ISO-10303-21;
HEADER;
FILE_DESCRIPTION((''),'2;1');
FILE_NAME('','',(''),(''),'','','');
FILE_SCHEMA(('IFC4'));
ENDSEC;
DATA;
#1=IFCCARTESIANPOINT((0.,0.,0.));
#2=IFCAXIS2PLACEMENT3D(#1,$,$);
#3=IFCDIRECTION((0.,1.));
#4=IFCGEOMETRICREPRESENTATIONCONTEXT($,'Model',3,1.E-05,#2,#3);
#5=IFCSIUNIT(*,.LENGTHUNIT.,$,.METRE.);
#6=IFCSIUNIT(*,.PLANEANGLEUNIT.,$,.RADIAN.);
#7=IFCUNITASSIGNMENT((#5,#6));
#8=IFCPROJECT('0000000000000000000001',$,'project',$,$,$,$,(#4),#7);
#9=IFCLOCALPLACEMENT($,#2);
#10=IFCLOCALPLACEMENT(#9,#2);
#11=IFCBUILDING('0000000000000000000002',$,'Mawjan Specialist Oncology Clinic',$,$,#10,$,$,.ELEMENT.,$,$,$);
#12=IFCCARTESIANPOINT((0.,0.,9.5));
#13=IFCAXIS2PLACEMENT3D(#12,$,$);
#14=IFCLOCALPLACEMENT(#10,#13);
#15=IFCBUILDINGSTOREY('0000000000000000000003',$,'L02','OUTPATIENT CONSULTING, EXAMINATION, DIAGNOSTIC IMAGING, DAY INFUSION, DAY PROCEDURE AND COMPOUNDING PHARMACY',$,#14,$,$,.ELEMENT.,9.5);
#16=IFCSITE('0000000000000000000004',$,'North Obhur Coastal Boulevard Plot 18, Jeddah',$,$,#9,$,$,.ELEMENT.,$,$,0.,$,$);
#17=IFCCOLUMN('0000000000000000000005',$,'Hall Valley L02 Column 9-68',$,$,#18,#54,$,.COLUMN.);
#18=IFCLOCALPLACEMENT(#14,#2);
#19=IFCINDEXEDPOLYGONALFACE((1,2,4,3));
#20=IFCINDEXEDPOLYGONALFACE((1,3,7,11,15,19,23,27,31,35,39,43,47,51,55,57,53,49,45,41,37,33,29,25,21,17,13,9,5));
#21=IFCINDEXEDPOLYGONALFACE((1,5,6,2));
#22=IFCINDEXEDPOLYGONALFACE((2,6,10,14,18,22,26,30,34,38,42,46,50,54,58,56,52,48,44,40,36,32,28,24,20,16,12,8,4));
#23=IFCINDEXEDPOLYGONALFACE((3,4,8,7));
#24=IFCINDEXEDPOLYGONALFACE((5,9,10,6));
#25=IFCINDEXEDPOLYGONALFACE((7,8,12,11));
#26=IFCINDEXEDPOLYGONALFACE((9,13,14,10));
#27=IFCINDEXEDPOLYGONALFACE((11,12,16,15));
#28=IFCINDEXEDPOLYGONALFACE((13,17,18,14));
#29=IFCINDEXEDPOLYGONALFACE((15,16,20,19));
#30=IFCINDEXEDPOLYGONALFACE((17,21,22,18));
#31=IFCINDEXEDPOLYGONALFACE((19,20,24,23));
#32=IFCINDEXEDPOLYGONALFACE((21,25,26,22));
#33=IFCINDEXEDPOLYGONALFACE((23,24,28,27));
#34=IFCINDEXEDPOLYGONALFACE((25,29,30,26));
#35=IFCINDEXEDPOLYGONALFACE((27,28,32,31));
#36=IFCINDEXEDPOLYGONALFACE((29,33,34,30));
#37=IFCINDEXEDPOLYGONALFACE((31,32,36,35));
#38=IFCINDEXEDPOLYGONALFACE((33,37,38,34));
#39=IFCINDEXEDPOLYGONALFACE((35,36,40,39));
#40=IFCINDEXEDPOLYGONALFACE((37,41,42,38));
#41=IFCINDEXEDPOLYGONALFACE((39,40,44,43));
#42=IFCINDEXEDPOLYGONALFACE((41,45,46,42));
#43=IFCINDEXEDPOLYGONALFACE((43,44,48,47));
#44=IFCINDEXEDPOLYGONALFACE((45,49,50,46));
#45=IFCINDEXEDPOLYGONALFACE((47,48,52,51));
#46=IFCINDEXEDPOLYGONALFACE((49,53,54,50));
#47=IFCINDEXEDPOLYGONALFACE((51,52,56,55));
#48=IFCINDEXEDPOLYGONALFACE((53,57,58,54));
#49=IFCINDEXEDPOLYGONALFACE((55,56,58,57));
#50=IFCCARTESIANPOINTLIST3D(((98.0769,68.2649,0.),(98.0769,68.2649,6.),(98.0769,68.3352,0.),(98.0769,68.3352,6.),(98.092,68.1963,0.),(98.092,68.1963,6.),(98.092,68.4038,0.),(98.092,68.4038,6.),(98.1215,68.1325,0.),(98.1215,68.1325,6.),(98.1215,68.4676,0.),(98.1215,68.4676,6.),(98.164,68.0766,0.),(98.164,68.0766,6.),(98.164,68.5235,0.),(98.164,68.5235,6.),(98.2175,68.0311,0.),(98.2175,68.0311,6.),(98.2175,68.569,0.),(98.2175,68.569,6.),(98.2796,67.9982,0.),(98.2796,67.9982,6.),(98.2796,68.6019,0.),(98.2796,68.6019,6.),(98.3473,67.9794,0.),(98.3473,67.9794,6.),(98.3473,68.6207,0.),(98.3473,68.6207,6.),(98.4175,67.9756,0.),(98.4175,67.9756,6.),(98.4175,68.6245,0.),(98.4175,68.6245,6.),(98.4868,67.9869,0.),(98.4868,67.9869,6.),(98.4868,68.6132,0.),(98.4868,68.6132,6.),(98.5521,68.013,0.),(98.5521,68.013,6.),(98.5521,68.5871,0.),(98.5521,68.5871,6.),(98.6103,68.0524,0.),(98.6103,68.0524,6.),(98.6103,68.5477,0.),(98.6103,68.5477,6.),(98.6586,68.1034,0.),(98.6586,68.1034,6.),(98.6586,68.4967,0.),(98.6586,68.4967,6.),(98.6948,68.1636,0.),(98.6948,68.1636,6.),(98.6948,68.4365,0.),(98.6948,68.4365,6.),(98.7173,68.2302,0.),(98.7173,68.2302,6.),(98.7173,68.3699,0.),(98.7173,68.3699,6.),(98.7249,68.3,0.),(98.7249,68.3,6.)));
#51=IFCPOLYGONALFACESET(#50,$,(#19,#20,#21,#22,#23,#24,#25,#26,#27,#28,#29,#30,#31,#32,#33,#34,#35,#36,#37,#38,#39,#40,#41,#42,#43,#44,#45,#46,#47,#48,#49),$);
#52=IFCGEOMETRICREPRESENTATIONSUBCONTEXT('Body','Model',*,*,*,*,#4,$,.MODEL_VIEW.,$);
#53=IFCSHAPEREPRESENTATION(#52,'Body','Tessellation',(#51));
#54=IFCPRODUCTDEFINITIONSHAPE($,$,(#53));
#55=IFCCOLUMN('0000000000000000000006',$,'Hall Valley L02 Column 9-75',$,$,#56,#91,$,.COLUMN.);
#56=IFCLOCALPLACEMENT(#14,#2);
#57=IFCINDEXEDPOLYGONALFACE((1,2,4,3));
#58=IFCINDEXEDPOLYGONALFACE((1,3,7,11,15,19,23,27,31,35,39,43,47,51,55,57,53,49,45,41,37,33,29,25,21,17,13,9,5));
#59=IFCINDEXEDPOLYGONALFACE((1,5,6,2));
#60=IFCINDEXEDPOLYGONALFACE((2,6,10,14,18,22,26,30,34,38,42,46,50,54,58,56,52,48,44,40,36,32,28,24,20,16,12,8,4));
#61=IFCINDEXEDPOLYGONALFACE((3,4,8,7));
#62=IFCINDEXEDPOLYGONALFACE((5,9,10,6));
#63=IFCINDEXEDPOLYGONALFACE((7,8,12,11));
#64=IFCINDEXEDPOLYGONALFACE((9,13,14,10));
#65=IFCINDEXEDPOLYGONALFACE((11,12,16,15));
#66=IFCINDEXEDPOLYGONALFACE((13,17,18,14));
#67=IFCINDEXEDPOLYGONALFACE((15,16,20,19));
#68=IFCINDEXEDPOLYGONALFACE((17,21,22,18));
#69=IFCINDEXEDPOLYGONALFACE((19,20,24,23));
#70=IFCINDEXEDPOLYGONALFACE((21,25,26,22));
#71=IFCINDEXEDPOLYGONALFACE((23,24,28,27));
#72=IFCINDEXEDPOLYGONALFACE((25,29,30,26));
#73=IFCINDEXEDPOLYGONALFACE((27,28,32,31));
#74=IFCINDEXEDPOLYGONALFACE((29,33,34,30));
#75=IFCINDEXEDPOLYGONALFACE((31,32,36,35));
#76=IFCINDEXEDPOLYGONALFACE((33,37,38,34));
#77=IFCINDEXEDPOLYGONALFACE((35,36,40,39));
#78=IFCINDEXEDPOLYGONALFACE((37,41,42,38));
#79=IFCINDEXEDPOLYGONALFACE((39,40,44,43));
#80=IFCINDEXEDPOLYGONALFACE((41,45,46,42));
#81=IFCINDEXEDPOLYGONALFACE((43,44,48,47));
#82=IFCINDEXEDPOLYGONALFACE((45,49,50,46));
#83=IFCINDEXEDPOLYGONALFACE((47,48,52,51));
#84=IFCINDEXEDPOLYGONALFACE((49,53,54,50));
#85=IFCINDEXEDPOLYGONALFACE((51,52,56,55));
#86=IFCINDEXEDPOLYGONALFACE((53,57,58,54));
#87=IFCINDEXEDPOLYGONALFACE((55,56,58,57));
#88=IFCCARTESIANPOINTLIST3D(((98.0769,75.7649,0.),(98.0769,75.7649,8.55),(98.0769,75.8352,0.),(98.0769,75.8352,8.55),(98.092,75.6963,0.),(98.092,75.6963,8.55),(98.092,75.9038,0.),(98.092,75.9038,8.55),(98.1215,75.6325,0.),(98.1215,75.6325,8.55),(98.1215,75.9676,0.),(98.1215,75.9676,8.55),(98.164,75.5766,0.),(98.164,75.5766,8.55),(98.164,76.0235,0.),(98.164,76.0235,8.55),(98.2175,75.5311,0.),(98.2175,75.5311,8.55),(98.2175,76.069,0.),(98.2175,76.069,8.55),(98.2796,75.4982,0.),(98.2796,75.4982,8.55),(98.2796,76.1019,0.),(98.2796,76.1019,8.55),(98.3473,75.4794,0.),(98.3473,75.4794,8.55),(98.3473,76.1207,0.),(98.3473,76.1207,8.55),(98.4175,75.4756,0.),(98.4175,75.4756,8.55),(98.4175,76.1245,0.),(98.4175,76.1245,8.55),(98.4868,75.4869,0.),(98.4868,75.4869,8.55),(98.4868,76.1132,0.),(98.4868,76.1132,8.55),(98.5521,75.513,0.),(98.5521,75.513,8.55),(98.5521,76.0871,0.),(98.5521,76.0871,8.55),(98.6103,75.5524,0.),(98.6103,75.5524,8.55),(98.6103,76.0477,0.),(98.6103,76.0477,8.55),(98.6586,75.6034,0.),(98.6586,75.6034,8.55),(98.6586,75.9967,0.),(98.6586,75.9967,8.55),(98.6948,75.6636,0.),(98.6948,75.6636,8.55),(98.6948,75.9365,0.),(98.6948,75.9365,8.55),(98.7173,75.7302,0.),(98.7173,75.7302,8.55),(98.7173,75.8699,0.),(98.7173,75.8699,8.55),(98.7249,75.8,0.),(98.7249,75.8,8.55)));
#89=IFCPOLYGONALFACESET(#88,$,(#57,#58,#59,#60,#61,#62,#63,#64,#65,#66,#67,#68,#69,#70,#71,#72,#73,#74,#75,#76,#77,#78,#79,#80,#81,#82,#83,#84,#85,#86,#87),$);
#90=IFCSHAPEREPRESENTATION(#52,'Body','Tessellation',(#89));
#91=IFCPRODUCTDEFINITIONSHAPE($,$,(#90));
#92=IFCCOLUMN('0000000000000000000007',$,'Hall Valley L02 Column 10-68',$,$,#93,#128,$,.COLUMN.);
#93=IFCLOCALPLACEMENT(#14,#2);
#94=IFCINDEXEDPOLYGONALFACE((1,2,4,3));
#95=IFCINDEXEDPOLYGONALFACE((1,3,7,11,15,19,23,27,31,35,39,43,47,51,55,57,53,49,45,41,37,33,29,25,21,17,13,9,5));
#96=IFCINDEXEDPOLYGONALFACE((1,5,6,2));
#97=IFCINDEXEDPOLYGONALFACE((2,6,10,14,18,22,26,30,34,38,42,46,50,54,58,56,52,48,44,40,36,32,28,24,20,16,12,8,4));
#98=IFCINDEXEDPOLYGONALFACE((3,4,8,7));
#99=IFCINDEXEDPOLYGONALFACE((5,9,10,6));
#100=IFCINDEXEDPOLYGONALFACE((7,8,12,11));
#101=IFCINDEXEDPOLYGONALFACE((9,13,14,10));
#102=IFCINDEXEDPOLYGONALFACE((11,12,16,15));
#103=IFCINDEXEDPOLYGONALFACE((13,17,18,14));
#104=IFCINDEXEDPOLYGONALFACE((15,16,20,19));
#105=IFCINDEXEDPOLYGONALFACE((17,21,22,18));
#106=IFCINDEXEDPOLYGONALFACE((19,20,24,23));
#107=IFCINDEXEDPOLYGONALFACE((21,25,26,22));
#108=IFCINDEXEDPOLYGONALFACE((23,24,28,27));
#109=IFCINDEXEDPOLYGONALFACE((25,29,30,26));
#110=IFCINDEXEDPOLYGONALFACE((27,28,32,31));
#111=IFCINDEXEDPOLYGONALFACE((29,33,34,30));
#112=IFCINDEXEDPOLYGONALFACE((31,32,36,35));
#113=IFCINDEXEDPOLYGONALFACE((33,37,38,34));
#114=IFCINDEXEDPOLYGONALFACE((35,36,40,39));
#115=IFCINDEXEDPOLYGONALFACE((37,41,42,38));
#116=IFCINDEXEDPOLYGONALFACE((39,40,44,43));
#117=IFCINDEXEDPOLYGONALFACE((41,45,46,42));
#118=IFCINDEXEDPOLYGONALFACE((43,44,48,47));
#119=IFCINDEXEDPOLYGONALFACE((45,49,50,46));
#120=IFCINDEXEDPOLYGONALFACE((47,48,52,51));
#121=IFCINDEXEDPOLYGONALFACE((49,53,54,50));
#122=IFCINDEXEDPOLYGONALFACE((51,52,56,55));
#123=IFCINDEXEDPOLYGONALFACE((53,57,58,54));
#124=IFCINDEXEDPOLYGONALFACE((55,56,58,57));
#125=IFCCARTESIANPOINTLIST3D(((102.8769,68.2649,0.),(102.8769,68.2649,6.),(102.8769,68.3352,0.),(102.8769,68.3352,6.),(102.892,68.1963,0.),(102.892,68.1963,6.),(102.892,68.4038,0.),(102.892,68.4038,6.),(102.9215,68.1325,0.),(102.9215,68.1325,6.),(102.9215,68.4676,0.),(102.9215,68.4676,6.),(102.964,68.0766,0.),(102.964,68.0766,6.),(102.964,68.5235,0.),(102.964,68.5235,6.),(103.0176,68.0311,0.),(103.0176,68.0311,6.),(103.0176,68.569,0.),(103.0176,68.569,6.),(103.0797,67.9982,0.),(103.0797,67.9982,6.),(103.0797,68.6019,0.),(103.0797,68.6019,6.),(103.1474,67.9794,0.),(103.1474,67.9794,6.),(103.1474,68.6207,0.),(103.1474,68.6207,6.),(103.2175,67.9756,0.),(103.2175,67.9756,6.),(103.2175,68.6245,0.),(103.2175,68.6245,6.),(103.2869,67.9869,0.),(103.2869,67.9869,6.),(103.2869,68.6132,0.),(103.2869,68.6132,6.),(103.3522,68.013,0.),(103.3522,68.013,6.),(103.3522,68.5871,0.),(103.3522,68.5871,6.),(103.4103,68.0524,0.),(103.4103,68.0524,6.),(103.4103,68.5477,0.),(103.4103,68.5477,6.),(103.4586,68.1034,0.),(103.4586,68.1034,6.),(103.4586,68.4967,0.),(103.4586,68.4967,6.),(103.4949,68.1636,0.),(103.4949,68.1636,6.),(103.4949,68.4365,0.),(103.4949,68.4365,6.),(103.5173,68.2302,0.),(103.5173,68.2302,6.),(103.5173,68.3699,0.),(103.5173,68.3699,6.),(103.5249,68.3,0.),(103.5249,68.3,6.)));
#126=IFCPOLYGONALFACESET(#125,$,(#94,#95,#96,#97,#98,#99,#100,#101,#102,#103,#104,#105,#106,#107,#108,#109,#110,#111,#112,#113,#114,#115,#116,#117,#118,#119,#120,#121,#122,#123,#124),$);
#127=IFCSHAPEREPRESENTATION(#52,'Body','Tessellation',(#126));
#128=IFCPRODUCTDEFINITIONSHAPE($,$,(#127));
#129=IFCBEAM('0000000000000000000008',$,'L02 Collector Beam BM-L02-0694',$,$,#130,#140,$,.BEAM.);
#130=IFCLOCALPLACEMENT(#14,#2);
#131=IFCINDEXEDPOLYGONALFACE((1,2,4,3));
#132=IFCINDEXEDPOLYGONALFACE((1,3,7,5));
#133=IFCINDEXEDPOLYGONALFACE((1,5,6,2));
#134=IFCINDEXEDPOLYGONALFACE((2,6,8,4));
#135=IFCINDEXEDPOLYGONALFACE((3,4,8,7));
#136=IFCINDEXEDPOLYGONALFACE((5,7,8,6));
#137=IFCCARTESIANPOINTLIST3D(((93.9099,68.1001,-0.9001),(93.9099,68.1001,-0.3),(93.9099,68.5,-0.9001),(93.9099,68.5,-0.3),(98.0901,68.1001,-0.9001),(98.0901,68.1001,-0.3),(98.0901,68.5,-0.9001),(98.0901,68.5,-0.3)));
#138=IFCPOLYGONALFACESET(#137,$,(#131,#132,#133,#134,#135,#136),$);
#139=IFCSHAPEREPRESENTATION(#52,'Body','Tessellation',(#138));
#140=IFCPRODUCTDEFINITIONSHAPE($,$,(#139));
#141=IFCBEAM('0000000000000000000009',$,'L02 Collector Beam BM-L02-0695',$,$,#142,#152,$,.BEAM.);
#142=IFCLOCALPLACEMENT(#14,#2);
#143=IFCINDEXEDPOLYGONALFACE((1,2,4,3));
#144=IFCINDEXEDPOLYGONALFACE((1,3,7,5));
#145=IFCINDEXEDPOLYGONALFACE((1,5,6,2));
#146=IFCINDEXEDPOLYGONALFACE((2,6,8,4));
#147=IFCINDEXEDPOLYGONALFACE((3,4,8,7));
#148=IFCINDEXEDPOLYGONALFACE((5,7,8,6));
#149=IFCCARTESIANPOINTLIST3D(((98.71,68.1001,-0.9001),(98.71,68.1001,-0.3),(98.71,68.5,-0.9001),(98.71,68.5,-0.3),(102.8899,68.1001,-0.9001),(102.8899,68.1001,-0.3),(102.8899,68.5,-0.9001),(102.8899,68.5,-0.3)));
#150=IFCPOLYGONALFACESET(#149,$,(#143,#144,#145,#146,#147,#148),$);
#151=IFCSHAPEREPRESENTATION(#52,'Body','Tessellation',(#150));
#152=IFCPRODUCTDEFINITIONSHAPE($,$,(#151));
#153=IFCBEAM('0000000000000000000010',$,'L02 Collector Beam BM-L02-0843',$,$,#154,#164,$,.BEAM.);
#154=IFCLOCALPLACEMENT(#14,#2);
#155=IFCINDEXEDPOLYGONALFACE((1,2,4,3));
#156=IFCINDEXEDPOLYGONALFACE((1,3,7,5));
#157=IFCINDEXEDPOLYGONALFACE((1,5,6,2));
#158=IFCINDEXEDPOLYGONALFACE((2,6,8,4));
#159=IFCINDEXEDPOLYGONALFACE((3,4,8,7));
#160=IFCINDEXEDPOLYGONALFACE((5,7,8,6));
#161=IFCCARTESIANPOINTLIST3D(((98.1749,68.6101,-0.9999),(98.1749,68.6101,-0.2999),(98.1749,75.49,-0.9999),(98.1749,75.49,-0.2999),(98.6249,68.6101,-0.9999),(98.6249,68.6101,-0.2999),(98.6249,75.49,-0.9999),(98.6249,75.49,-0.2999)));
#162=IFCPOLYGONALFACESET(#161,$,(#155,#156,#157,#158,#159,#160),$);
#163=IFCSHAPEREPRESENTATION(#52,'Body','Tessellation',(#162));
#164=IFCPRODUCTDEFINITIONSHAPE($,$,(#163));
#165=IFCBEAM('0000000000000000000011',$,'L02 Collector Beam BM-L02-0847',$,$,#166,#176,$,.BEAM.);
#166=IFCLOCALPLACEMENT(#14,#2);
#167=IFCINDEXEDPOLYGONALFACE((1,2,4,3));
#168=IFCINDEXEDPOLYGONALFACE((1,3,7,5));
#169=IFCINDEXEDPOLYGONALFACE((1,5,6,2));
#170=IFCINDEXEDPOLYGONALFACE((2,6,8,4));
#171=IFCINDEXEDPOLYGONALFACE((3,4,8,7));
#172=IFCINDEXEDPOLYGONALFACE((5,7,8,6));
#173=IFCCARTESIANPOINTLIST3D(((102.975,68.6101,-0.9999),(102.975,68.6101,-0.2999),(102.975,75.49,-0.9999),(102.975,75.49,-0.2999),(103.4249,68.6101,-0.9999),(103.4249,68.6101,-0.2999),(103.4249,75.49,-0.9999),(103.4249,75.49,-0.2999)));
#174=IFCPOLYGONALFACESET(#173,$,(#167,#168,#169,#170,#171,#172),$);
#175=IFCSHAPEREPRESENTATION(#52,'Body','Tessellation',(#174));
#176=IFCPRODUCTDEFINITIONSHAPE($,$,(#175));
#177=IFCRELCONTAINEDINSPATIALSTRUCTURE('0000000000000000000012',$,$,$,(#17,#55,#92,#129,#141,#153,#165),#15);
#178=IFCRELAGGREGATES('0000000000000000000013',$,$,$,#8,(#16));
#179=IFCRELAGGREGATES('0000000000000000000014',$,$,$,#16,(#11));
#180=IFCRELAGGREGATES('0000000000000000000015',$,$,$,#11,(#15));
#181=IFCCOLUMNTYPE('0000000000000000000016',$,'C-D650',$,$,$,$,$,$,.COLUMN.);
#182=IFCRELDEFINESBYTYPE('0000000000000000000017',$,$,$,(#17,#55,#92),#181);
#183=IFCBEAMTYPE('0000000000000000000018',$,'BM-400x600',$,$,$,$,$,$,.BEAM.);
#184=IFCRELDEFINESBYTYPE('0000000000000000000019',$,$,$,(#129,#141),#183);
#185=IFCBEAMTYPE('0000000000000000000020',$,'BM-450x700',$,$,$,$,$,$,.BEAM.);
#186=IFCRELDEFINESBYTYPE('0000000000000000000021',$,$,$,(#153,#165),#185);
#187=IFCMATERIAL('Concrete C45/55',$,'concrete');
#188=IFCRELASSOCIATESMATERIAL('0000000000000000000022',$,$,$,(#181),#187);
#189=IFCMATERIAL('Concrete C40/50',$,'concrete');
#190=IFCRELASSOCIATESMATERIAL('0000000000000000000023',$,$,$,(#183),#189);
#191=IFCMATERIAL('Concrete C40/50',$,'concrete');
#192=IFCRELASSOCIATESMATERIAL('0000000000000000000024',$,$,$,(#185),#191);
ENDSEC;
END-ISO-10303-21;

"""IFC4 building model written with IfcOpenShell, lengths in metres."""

from ifc_helpers import new_model, si_unit, direction, frame, origin, origin_2d, place, context, subcontext, project, spatial, rectangle, circle, extrude, material, material_profile, profile_set, type_object, element, save


model = new_model("IFC4")

# Units and contexts
model_context = context("Model", 3, precision=1e-05, world=origin(), true_north=direction((0.0, 1.0)))
body_context = subcontext(model_context, "Body", "Model", "MODEL_VIEW")
ifc_project = project(units=[si_unit("LENGTHUNIT", "METRE"), si_unit("PLANEANGLEUNIT", "RADIAN")], contexts=[model_context])

# Site, building, storey
site_placement = place(None, origin())
site = spatial("IfcSite", under=ifc_project, at=site_placement, Name="North Obhur Coastal Boulevard Plot 18, Jeddah", CompositionType="ELEMENT", RefElevation=0.0)
building_placement = place(site_placement, origin())
building = spatial("IfcBuilding", under=site, at=building_placement, Name="Mawjan Specialist Oncology Clinic", CompositionType="ELEMENT")
storey_placement = place(building_placement, frame((0.0, 0.0, 9.5)))
storey = spatial("IfcBuildingStorey", under=building, at=storey_placement, Name="L02", Description="OUTPATIENT CONSULTING, EXAMINATION, DIAGNOSTIC IMAGING, DAY INFUSION, DAY PROCEDURE AND COMPOUNDING PHARMACY", CompositionType="ELEMENT", Elevation=9.5)

# Columns
ifc_material_1 = material(Name="Concrete C45/55", Category="concrete")
ifc_material_profile_1 = material_profile(ifc_material_1, circle(Radius=0.325, at=origin_2d()), Name="RC COL D650", Category="concrete")
ifc_profile_set_1 = profile_set([ifc_material_profile_1], Name="Concrete C45/55")
column_type = type_object("IfcColumnType", Name="C-D650", PredefinedType="COLUMN", material=ifc_profile_set_1)
column_1_placement = place(storey_placement, frame((98.3999, 68.3, 0.0), z_axis=(0.0, 0.0, 1.0), x_axis=(1.0, 0.0, 0.0)))
element("IfcColumn", 1, at=column_1_placement, inside=storey, type_object=column_type, Name="Hall Valley L02 Column 9-68", PredefinedType="COLUMN", context=body_context, shape_type="SweptSolid", body=[
    extrude(circle(Radius=0.325, at=origin_2d()), origin(), (0.0, 0.0, 1.0), 6.0),
])
column_2_placement = place(storey_placement, frame((98.3999, 75.8, 0.0), z_axis=(0.0, 0.0, 1.0), x_axis=(1.0, 0.0, 0.0)))
element("IfcColumn", 2, at=column_2_placement, inside=storey, type_object=column_type, Name="Hall Valley L02 Column 9-75", PredefinedType="COLUMN", context=body_context, shape_type="SweptSolid", body=[
    extrude(circle(Radius=0.325, at=origin_2d()), origin(), (0.0, 0.0, 1.0), 8.55),
])
column_3_placement = place(storey_placement, frame((103.2, 68.3, 0.0), z_axis=(0.0, 0.0, 1.0), x_axis=(1.0, 0.0, 0.0)))
element("IfcColumn", 3, at=column_3_placement, inside=storey, type_object=column_type, Name="Hall Valley L02 Column 10-68", PredefinedType="COLUMN", context=body_context, shape_type="SweptSolid", body=[
    extrude(circle(Radius=0.325, at=origin_2d()), origin(), (0.0, 0.0, 1.0), 6.0),
])

# Beams
ifc_material_2 = material(Name="Concrete C40/50", Category="concrete")
ifc_material_profile_2 = material_profile(ifc_material_2, rectangle(XDim=0.3999, YDim=0.6001, at=origin_2d()), Name="RC BM 400x600", Category="concrete")
ifc_profile_set_2 = profile_set([ifc_material_profile_2], Name="Concrete C40/50")
beam_type_1 = type_object("IfcBeamType", Name="BM-400x600", PredefinedType="BEAM", material=ifc_profile_set_2)
beam_1_placement = place(storey_placement, frame((93.9099, 68.3, -0.6001), z_axis=(1.0, 0.0, 0.0), x_axis=(0.0, 1.0, 0.0)))
element("IfcBeam", 4, at=beam_1_placement, inside=storey, type_object=beam_type_1, Name="L02 Collector Beam BM-L02-0694", PredefinedType="BEAM", context=body_context, shape_type="SweptSolid", body=[
    extrude(rectangle(XDim=0.3999, YDim=0.6001, at=origin_2d()), origin(), (0.0, 0.0, 1.0), 4.1802),
])
beam_2_placement = place(storey_placement, frame((98.71, 68.3, -0.6001), z_axis=(1.0, 0.0, 0.0), x_axis=(0.0, 1.0, 0.0)))
element("IfcBeam", 5, at=beam_2_placement, inside=storey, type_object=beam_type_1, Name="L02 Collector Beam BM-L02-0695", PredefinedType="BEAM", context=body_context, shape_type="SweptSolid", body=[
    extrude(rectangle(XDim=0.3999, YDim=0.6001, at=origin_2d()), origin(), (0.0, 0.0, 1.0), 4.1799),
])
ifc_material_3 = material(Name="Concrete C40/50", Category="concrete")
ifc_material_profile_3 = material_profile(ifc_material_3, rectangle(XDim=0.45, YDim=0.7, at=origin_2d()), Name="RC BM 450x700", Category="concrete")
ifc_profile_set_3 = profile_set([ifc_material_profile_3], Name="Concrete C40/50")
beam_type_2 = type_object("IfcBeamType", Name="BM-450x700", PredefinedType="BEAM", material=ifc_profile_set_3)
for number, where, z_axis, x_axis, name in (
    (6, (98.3999, 68.6101, -0.6499), (0.0, 1.0, 0.0), (-1.0, 0.0, 0.0), "L02 Collector Beam BM-L02-0843"),
    (7, (103.2, 68.6101, -0.6499), (0.0, 1.0, 0.0), (-1.0, 0.0, 0.0), "L02 Collector Beam BM-L02-0847"),
):
    element("IfcBeam", number, at=place(storey_placement, frame(where, z_axis=z_axis, x_axis=x_axis)), inside=storey, type_object=beam_type_2, Name=name, PredefinedType="BEAM", context=body_context, shape_type="SweptSolid", body=[
        extrude(rectangle(XDim=0.45, YDim=0.7, at=origin_2d()), origin(), (0.0, 0.0, 1.0), 6.8799),
    ])

save(model, "model.ifc")
